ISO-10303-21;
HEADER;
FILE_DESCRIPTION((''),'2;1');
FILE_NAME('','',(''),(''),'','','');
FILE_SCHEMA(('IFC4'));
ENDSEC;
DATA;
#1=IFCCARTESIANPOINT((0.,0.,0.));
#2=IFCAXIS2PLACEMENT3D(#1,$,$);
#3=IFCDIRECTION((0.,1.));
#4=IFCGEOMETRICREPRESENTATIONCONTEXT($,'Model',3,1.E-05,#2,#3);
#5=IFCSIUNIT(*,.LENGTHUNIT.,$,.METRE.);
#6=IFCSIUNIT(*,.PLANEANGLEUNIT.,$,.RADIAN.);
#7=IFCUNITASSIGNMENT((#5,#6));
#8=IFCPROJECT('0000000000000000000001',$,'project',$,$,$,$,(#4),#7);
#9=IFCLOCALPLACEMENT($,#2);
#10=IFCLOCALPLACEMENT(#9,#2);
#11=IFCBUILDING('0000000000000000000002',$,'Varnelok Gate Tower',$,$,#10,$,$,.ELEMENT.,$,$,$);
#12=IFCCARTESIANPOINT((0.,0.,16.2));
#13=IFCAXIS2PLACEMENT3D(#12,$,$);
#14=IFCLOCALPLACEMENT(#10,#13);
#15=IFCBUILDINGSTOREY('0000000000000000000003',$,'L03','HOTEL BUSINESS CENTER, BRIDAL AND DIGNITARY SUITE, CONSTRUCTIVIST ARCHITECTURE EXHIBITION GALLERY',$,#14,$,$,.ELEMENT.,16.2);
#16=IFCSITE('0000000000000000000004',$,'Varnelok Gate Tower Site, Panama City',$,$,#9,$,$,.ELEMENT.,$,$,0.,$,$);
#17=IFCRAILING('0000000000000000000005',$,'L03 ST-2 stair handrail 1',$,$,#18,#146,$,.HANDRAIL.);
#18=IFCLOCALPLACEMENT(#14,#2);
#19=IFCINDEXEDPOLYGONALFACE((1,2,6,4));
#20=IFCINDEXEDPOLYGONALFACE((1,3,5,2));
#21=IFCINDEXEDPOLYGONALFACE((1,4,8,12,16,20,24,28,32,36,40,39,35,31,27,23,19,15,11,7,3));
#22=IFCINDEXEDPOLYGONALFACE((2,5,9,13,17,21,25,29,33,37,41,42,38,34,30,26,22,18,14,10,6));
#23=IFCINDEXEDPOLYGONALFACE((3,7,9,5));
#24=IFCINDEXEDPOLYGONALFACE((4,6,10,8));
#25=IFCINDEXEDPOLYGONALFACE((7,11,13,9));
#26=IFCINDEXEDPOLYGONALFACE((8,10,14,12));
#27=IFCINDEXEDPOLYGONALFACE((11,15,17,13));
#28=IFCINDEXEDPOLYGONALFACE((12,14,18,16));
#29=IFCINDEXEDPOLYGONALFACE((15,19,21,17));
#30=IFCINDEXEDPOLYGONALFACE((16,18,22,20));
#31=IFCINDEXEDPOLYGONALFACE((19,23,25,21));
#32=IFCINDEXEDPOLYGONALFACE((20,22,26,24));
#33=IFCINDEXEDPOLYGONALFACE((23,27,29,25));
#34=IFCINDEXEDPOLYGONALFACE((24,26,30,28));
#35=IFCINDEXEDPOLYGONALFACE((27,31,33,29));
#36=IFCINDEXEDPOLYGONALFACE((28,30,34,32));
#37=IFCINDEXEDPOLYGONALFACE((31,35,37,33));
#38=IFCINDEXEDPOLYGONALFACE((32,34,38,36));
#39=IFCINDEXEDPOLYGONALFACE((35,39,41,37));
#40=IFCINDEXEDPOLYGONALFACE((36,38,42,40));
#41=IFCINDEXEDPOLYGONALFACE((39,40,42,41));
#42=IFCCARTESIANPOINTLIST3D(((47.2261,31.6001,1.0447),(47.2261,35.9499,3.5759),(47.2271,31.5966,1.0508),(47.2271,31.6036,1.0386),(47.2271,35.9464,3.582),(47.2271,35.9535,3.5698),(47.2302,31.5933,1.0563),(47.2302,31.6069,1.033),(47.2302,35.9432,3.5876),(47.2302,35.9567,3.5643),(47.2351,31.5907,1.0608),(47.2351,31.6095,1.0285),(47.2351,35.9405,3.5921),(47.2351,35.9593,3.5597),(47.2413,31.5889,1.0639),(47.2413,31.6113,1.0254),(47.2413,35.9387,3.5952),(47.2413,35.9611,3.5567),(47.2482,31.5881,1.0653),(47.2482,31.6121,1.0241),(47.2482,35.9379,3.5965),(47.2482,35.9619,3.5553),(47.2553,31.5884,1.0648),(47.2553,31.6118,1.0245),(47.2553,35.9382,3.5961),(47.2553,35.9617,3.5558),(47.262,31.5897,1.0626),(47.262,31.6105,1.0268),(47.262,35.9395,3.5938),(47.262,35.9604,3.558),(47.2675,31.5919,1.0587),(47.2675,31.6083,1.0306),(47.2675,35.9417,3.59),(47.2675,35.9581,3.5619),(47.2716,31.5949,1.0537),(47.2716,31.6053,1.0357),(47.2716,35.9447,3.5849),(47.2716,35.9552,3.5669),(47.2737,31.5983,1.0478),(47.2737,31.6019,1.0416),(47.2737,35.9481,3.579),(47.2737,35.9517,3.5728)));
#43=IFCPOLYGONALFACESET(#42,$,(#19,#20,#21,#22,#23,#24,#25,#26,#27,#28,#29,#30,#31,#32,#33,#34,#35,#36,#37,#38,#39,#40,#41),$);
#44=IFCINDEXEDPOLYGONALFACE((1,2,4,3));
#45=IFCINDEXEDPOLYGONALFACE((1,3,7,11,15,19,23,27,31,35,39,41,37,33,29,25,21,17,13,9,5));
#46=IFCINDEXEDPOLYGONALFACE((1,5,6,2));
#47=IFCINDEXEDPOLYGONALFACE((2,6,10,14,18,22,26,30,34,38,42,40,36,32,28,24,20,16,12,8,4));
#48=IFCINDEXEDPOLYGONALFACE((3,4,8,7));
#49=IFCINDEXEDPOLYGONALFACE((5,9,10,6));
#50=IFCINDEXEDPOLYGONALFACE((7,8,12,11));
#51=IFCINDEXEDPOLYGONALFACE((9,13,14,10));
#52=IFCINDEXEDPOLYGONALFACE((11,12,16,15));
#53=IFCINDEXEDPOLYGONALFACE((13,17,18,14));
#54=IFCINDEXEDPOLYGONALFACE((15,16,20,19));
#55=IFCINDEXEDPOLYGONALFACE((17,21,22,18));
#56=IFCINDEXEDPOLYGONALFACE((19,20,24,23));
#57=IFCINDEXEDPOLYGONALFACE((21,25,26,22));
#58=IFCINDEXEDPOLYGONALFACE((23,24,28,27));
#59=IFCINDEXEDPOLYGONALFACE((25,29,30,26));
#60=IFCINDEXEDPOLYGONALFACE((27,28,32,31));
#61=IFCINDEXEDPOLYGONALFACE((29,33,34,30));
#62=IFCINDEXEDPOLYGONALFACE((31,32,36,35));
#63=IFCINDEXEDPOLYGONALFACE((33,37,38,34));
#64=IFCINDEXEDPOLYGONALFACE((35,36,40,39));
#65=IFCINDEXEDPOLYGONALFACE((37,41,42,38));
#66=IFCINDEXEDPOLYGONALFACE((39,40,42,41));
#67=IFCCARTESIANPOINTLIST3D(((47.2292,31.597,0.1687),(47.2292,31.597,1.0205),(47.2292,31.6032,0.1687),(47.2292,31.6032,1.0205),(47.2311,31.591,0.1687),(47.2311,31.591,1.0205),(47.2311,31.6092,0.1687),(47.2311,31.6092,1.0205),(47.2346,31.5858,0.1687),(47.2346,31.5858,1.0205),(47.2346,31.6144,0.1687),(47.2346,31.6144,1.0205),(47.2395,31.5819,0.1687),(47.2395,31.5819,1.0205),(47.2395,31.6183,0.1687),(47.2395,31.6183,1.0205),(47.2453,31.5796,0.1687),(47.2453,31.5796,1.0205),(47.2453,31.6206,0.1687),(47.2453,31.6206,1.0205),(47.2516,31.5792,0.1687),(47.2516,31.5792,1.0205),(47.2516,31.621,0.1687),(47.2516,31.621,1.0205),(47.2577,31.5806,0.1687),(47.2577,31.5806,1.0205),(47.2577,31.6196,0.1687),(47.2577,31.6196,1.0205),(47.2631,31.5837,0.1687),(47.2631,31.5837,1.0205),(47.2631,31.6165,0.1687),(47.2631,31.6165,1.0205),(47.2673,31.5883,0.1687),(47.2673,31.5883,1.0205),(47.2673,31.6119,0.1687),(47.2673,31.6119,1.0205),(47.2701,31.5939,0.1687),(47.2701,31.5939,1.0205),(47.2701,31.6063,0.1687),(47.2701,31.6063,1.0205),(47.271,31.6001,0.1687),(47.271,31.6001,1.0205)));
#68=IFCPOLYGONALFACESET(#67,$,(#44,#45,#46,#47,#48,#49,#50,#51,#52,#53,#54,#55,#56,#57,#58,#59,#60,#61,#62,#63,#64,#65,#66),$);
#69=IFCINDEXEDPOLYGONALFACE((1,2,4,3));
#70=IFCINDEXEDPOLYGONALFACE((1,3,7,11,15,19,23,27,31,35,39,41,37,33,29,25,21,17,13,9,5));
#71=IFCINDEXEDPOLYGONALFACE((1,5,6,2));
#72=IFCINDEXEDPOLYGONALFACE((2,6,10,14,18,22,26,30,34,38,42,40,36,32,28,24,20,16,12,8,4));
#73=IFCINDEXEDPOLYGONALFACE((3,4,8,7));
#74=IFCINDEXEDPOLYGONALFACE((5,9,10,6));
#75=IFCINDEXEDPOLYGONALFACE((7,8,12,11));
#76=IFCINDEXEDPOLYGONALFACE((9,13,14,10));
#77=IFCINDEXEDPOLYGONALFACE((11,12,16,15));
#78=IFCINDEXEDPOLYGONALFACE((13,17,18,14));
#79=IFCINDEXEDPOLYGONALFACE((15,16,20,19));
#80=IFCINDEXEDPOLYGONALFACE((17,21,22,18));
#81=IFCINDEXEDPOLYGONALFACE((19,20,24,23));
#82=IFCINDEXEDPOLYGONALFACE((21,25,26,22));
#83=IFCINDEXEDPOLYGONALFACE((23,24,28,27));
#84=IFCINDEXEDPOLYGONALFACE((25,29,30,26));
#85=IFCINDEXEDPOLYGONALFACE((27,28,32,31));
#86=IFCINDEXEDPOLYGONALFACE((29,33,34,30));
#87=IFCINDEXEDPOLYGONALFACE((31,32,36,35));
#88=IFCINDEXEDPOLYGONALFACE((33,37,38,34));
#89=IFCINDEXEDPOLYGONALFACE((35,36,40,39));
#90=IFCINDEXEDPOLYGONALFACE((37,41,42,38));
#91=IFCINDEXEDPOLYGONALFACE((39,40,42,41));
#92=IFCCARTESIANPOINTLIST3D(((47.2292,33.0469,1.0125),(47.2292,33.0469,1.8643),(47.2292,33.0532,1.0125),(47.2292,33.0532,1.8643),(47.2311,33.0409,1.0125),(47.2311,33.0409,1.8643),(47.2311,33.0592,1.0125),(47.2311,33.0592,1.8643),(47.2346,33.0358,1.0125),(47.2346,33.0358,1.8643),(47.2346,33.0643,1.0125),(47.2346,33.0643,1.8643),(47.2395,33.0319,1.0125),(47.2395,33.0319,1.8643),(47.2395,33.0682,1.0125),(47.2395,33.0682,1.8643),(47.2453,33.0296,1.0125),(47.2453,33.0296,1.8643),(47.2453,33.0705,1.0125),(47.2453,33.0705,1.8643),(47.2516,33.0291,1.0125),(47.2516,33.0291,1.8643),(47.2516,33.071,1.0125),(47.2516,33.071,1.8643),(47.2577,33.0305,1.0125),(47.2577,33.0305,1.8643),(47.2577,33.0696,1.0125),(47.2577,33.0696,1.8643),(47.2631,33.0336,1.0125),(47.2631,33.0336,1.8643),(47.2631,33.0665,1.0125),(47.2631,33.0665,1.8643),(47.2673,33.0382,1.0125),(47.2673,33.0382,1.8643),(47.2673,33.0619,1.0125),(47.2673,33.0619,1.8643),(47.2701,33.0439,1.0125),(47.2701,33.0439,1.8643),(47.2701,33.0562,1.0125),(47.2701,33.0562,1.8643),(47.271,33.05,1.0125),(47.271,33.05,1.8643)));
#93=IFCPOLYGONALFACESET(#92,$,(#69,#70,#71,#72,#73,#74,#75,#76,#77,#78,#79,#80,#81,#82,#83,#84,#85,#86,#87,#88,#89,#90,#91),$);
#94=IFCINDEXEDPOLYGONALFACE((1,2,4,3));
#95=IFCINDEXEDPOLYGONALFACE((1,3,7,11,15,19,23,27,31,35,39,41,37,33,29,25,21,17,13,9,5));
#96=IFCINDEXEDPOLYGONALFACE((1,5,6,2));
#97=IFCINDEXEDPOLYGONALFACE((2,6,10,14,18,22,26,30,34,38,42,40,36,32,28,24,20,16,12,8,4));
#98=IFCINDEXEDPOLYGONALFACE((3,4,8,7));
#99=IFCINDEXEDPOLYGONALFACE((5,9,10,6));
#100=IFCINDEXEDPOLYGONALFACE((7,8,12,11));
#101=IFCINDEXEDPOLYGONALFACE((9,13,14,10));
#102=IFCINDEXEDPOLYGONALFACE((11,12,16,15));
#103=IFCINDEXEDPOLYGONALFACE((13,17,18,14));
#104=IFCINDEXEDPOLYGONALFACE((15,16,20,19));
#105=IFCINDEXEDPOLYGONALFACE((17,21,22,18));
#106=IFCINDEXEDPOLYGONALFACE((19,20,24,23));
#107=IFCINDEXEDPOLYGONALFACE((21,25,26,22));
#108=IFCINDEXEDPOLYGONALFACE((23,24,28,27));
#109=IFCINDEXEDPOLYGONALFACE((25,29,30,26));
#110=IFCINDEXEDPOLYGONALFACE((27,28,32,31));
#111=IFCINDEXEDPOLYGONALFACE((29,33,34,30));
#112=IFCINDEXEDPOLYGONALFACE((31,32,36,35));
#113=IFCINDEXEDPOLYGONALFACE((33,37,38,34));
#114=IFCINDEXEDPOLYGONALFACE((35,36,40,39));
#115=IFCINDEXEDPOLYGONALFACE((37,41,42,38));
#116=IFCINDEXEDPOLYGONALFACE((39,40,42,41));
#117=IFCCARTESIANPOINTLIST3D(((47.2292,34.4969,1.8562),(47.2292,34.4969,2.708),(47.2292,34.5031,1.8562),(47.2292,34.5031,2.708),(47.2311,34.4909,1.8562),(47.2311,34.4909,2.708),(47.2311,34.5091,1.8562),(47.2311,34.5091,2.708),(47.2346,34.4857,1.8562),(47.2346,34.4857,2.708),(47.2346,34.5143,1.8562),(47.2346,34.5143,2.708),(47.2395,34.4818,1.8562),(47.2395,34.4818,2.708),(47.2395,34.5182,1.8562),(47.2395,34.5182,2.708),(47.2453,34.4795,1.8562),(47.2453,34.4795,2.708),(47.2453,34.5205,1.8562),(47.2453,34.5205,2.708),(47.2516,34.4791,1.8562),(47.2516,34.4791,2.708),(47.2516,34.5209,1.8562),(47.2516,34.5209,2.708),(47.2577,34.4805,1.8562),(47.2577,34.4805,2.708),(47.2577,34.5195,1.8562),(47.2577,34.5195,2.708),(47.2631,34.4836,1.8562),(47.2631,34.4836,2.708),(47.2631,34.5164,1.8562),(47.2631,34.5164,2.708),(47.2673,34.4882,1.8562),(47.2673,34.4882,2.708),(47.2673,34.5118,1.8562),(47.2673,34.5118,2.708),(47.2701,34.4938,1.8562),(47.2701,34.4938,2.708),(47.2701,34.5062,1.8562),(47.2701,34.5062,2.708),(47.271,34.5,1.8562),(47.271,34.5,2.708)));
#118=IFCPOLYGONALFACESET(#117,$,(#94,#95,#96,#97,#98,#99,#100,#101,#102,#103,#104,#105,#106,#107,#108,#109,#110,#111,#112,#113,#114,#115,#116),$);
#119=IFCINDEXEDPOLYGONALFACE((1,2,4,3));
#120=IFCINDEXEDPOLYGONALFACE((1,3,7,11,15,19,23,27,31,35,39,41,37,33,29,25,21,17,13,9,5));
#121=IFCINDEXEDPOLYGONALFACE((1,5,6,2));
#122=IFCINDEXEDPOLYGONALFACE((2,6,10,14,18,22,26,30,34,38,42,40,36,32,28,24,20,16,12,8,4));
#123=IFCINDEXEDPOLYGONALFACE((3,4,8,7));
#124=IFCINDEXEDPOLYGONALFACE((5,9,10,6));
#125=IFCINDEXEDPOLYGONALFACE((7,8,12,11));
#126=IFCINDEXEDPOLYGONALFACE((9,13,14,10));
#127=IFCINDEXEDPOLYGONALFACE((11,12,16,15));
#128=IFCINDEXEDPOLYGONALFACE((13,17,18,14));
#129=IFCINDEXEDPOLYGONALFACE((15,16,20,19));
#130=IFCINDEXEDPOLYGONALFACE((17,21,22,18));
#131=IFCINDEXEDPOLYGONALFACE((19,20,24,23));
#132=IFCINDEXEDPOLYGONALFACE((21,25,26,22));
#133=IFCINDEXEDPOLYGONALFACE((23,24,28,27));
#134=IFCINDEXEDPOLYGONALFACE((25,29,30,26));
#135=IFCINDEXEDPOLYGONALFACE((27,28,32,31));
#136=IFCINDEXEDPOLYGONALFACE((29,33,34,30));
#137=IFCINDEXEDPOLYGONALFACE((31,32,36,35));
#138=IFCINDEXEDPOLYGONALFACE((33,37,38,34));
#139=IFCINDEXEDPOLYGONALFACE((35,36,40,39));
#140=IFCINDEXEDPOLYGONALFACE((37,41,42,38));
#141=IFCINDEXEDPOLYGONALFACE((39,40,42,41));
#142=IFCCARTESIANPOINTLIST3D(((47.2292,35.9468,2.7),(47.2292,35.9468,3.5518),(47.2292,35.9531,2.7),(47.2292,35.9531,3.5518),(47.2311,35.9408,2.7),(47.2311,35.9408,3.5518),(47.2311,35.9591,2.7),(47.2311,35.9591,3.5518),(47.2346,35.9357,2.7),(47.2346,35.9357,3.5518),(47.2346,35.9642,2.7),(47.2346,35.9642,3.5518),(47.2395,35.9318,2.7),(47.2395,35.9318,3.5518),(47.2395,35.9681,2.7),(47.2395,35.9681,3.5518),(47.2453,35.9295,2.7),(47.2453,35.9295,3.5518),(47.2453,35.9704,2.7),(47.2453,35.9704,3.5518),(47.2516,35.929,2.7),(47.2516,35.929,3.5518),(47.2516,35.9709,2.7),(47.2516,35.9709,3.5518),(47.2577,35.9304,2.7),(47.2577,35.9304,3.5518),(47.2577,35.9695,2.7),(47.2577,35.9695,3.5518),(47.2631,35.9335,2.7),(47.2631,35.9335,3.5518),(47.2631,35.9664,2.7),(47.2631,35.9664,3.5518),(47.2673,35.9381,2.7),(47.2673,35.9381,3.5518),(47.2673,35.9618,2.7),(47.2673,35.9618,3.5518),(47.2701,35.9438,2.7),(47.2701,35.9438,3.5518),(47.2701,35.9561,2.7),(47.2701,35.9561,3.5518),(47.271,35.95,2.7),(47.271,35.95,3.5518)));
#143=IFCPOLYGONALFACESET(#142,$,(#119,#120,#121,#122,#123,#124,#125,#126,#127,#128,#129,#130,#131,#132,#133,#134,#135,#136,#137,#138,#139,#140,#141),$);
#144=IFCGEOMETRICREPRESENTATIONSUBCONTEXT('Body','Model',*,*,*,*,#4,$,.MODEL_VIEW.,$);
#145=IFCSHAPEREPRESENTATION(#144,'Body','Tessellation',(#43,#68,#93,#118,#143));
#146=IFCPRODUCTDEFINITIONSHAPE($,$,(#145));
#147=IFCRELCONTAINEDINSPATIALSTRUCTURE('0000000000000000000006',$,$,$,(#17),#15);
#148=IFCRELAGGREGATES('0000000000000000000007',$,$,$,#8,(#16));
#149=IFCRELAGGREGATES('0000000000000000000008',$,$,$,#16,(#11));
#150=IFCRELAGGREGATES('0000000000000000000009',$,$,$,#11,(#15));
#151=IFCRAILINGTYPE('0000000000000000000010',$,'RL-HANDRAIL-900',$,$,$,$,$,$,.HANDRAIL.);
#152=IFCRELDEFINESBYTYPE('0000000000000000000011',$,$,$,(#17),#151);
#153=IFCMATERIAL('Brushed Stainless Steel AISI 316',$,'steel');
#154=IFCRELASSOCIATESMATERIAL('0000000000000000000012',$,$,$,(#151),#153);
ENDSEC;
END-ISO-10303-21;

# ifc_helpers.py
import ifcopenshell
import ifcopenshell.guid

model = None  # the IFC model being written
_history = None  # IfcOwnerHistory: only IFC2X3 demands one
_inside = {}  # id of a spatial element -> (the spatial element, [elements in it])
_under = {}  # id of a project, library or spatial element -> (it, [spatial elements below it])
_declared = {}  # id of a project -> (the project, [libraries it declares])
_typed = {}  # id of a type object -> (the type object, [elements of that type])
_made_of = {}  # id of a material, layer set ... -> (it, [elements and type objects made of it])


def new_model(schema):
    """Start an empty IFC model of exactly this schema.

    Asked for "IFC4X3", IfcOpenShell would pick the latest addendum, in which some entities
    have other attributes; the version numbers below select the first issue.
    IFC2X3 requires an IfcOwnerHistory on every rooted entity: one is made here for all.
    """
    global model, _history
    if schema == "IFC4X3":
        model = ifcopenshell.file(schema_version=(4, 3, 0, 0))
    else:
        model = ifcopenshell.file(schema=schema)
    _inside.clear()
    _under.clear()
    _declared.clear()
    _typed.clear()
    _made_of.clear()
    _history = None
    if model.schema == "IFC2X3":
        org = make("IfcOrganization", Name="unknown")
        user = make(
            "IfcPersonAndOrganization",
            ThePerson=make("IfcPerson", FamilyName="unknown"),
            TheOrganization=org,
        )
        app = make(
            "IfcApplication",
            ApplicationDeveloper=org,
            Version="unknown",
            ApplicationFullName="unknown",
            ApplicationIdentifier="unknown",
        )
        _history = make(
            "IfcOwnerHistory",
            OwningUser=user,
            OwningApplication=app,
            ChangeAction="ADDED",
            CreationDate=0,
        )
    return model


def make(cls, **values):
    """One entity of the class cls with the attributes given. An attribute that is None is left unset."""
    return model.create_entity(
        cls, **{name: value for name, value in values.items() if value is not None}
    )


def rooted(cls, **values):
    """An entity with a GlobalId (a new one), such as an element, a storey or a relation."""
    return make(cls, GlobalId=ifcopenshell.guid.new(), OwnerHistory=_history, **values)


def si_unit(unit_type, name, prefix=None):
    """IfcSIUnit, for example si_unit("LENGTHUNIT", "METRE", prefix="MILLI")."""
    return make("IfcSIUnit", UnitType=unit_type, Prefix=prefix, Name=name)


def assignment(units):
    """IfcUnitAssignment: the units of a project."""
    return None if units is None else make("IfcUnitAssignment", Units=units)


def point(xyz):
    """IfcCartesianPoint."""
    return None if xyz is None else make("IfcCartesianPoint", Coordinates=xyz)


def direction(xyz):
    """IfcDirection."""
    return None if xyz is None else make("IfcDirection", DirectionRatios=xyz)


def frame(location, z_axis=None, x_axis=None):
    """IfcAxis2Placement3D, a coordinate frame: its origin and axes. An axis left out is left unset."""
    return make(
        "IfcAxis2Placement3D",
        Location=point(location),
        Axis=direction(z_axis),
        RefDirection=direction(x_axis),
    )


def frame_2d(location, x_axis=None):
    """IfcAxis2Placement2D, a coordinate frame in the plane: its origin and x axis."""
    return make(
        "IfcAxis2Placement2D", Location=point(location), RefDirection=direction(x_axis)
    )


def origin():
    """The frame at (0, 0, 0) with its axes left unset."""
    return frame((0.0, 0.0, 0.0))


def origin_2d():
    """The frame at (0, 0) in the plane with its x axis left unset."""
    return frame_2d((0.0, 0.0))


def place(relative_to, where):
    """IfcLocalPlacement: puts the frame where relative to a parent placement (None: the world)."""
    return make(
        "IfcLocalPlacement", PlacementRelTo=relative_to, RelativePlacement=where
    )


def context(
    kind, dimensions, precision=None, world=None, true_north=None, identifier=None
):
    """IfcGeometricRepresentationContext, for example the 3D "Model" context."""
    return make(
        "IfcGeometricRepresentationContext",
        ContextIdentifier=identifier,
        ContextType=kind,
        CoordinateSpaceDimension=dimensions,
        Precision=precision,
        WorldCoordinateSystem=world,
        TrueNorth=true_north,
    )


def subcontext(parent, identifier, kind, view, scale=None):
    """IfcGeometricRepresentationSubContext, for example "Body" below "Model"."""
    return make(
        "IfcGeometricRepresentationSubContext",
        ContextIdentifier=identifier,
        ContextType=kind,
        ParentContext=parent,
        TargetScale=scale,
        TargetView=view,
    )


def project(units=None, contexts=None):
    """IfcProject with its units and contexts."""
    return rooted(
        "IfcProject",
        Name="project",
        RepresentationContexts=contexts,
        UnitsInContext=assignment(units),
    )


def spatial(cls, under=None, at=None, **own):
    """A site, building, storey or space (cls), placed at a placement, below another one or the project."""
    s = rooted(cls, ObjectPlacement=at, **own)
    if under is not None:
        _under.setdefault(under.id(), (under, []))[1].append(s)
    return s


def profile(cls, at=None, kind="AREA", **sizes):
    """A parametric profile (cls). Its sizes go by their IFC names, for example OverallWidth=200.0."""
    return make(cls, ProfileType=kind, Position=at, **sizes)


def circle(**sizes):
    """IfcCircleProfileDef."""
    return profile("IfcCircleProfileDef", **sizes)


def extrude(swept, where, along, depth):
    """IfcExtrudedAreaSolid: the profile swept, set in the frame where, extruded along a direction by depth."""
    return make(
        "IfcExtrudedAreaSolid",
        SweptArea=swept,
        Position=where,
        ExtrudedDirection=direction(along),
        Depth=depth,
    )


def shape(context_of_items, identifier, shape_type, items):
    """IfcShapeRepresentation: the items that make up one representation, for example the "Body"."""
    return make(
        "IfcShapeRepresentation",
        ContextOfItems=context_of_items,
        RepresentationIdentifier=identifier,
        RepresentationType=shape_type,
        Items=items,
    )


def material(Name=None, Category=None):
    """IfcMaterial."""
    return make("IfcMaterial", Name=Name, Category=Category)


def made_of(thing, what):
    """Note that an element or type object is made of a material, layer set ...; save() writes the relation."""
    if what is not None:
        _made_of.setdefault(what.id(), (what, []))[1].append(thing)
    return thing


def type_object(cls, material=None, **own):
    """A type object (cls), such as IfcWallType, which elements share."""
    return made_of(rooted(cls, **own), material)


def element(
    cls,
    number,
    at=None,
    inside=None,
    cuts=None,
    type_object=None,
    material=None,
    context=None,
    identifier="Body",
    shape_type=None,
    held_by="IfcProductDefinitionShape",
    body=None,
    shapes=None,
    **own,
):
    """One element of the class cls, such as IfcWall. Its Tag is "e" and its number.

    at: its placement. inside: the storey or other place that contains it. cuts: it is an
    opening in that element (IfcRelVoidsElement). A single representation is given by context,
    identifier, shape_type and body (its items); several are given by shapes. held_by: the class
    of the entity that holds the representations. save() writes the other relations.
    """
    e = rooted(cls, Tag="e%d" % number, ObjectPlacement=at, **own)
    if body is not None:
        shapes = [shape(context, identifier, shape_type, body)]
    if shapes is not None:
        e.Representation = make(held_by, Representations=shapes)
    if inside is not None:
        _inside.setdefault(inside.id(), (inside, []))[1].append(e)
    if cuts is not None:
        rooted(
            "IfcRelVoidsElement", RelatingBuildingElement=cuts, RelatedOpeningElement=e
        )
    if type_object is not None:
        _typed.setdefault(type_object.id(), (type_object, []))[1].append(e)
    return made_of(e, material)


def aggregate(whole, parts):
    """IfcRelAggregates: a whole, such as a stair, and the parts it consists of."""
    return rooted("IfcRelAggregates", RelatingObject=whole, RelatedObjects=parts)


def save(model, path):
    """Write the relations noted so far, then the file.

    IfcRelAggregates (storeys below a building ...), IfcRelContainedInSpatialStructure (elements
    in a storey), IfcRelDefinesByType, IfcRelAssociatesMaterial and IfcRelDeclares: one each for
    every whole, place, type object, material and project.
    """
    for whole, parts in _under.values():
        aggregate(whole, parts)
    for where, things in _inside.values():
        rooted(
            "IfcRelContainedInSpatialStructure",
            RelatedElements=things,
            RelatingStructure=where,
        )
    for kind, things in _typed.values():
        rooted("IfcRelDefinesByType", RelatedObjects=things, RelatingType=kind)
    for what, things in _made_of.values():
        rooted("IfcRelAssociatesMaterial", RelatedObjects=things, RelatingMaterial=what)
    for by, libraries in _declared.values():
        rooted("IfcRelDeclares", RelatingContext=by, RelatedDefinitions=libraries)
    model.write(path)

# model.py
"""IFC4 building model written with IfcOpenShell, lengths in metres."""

from ifc_helpers import new_model, si_unit, direction, frame, origin, origin_2d, place, context, subcontext, project, spatial, circle, extrude, material, type_object, element, save


model = new_model("IFC4")

# Units and contexts
model_context = context("Model", 3, precision=1e-05, world=origin(), true_north=direction((0.0, 1.0)))
body_context = subcontext(model_context, "Body", "Model", "MODEL_VIEW")
ifc_project = project(units=[si_unit("LENGTHUNIT", "METRE"), si_unit("PLANEANGLEUNIT", "RADIAN")], contexts=[model_context])

# Site, building, storey
site_placement = place(None, origin())
site = spatial("IfcSite", under=ifc_project, at=site_placement, Name="Varnelok Gate Tower Site, Panama City", CompositionType="ELEMENT", RefElevation=0.0)
building_placement = place(site_placement, origin())
building = spatial("IfcBuilding", under=site, at=building_placement, Name="Varnelok Gate Tower", CompositionType="ELEMENT")
storey_placement = place(building_placement, frame((0.0, 0.0, 16.2)))
storey = spatial("IfcBuildingStorey", under=building, at=storey_placement, Name="L03", Description="HOTEL BUSINESS CENTER, BRIDAL AND DIGNITARY SUITE, CONSTRUCTIVIST ARCHITECTURE EXHIBITION GALLERY", CompositionType="ELEMENT", Elevation=16.2)

# Railing
ifc_material_1 = material(Name="Brushed Stainless Steel AISI 316", Category="steel")
railing_type_1 = type_object("IfcRailingType", Name="RL-HANDRAIL-900", PredefinedType="HANDRAIL", material=ifc_material_1)
railing_1_placement = place(storey_placement, frame((47.25, 31.6001, 0.1687)))
element("IfcRailing", 1, at=railing_1_placement, inside=storey, type_object=railing_type_1, Name="L03 ST-2 stair handrail 1", PredefinedType="HANDRAIL", context=body_context, shape_type="SweptSolid", body=[
    extrude(circle(Radius=0.0239, at=origin_2d()), frame((0.0, 0.0, 0.876), z_axis=(0.0, 0.864312, 0.502957), x_axis=(-1.0, 0.0, 0.0)), (0.0, 0.0, 1.0), 5.0327),
    extrude(circle(Radius=0.021, at=origin_2d()), origin(), (0.0, 0.0, 1.0), 0.8518),
    extrude(circle(Radius=0.021, at=origin_2d()), frame((0.0, 1.45, 0.8438)), (0.0, 0.0, 1.0), 0.8518),
    extrude(circle(Radius=0.021, at=origin_2d()), frame((0.0, 2.8999, 1.6875)), (0.0, 0.0, 1.0), 0.8518),
    extrude(circle(Radius=0.021, at=origin_2d()), frame((0.0, 4.3499, 2.5312)), (0.0, 0.0, 1.0), 0.8518),
])

save(model, "model.ifc")
